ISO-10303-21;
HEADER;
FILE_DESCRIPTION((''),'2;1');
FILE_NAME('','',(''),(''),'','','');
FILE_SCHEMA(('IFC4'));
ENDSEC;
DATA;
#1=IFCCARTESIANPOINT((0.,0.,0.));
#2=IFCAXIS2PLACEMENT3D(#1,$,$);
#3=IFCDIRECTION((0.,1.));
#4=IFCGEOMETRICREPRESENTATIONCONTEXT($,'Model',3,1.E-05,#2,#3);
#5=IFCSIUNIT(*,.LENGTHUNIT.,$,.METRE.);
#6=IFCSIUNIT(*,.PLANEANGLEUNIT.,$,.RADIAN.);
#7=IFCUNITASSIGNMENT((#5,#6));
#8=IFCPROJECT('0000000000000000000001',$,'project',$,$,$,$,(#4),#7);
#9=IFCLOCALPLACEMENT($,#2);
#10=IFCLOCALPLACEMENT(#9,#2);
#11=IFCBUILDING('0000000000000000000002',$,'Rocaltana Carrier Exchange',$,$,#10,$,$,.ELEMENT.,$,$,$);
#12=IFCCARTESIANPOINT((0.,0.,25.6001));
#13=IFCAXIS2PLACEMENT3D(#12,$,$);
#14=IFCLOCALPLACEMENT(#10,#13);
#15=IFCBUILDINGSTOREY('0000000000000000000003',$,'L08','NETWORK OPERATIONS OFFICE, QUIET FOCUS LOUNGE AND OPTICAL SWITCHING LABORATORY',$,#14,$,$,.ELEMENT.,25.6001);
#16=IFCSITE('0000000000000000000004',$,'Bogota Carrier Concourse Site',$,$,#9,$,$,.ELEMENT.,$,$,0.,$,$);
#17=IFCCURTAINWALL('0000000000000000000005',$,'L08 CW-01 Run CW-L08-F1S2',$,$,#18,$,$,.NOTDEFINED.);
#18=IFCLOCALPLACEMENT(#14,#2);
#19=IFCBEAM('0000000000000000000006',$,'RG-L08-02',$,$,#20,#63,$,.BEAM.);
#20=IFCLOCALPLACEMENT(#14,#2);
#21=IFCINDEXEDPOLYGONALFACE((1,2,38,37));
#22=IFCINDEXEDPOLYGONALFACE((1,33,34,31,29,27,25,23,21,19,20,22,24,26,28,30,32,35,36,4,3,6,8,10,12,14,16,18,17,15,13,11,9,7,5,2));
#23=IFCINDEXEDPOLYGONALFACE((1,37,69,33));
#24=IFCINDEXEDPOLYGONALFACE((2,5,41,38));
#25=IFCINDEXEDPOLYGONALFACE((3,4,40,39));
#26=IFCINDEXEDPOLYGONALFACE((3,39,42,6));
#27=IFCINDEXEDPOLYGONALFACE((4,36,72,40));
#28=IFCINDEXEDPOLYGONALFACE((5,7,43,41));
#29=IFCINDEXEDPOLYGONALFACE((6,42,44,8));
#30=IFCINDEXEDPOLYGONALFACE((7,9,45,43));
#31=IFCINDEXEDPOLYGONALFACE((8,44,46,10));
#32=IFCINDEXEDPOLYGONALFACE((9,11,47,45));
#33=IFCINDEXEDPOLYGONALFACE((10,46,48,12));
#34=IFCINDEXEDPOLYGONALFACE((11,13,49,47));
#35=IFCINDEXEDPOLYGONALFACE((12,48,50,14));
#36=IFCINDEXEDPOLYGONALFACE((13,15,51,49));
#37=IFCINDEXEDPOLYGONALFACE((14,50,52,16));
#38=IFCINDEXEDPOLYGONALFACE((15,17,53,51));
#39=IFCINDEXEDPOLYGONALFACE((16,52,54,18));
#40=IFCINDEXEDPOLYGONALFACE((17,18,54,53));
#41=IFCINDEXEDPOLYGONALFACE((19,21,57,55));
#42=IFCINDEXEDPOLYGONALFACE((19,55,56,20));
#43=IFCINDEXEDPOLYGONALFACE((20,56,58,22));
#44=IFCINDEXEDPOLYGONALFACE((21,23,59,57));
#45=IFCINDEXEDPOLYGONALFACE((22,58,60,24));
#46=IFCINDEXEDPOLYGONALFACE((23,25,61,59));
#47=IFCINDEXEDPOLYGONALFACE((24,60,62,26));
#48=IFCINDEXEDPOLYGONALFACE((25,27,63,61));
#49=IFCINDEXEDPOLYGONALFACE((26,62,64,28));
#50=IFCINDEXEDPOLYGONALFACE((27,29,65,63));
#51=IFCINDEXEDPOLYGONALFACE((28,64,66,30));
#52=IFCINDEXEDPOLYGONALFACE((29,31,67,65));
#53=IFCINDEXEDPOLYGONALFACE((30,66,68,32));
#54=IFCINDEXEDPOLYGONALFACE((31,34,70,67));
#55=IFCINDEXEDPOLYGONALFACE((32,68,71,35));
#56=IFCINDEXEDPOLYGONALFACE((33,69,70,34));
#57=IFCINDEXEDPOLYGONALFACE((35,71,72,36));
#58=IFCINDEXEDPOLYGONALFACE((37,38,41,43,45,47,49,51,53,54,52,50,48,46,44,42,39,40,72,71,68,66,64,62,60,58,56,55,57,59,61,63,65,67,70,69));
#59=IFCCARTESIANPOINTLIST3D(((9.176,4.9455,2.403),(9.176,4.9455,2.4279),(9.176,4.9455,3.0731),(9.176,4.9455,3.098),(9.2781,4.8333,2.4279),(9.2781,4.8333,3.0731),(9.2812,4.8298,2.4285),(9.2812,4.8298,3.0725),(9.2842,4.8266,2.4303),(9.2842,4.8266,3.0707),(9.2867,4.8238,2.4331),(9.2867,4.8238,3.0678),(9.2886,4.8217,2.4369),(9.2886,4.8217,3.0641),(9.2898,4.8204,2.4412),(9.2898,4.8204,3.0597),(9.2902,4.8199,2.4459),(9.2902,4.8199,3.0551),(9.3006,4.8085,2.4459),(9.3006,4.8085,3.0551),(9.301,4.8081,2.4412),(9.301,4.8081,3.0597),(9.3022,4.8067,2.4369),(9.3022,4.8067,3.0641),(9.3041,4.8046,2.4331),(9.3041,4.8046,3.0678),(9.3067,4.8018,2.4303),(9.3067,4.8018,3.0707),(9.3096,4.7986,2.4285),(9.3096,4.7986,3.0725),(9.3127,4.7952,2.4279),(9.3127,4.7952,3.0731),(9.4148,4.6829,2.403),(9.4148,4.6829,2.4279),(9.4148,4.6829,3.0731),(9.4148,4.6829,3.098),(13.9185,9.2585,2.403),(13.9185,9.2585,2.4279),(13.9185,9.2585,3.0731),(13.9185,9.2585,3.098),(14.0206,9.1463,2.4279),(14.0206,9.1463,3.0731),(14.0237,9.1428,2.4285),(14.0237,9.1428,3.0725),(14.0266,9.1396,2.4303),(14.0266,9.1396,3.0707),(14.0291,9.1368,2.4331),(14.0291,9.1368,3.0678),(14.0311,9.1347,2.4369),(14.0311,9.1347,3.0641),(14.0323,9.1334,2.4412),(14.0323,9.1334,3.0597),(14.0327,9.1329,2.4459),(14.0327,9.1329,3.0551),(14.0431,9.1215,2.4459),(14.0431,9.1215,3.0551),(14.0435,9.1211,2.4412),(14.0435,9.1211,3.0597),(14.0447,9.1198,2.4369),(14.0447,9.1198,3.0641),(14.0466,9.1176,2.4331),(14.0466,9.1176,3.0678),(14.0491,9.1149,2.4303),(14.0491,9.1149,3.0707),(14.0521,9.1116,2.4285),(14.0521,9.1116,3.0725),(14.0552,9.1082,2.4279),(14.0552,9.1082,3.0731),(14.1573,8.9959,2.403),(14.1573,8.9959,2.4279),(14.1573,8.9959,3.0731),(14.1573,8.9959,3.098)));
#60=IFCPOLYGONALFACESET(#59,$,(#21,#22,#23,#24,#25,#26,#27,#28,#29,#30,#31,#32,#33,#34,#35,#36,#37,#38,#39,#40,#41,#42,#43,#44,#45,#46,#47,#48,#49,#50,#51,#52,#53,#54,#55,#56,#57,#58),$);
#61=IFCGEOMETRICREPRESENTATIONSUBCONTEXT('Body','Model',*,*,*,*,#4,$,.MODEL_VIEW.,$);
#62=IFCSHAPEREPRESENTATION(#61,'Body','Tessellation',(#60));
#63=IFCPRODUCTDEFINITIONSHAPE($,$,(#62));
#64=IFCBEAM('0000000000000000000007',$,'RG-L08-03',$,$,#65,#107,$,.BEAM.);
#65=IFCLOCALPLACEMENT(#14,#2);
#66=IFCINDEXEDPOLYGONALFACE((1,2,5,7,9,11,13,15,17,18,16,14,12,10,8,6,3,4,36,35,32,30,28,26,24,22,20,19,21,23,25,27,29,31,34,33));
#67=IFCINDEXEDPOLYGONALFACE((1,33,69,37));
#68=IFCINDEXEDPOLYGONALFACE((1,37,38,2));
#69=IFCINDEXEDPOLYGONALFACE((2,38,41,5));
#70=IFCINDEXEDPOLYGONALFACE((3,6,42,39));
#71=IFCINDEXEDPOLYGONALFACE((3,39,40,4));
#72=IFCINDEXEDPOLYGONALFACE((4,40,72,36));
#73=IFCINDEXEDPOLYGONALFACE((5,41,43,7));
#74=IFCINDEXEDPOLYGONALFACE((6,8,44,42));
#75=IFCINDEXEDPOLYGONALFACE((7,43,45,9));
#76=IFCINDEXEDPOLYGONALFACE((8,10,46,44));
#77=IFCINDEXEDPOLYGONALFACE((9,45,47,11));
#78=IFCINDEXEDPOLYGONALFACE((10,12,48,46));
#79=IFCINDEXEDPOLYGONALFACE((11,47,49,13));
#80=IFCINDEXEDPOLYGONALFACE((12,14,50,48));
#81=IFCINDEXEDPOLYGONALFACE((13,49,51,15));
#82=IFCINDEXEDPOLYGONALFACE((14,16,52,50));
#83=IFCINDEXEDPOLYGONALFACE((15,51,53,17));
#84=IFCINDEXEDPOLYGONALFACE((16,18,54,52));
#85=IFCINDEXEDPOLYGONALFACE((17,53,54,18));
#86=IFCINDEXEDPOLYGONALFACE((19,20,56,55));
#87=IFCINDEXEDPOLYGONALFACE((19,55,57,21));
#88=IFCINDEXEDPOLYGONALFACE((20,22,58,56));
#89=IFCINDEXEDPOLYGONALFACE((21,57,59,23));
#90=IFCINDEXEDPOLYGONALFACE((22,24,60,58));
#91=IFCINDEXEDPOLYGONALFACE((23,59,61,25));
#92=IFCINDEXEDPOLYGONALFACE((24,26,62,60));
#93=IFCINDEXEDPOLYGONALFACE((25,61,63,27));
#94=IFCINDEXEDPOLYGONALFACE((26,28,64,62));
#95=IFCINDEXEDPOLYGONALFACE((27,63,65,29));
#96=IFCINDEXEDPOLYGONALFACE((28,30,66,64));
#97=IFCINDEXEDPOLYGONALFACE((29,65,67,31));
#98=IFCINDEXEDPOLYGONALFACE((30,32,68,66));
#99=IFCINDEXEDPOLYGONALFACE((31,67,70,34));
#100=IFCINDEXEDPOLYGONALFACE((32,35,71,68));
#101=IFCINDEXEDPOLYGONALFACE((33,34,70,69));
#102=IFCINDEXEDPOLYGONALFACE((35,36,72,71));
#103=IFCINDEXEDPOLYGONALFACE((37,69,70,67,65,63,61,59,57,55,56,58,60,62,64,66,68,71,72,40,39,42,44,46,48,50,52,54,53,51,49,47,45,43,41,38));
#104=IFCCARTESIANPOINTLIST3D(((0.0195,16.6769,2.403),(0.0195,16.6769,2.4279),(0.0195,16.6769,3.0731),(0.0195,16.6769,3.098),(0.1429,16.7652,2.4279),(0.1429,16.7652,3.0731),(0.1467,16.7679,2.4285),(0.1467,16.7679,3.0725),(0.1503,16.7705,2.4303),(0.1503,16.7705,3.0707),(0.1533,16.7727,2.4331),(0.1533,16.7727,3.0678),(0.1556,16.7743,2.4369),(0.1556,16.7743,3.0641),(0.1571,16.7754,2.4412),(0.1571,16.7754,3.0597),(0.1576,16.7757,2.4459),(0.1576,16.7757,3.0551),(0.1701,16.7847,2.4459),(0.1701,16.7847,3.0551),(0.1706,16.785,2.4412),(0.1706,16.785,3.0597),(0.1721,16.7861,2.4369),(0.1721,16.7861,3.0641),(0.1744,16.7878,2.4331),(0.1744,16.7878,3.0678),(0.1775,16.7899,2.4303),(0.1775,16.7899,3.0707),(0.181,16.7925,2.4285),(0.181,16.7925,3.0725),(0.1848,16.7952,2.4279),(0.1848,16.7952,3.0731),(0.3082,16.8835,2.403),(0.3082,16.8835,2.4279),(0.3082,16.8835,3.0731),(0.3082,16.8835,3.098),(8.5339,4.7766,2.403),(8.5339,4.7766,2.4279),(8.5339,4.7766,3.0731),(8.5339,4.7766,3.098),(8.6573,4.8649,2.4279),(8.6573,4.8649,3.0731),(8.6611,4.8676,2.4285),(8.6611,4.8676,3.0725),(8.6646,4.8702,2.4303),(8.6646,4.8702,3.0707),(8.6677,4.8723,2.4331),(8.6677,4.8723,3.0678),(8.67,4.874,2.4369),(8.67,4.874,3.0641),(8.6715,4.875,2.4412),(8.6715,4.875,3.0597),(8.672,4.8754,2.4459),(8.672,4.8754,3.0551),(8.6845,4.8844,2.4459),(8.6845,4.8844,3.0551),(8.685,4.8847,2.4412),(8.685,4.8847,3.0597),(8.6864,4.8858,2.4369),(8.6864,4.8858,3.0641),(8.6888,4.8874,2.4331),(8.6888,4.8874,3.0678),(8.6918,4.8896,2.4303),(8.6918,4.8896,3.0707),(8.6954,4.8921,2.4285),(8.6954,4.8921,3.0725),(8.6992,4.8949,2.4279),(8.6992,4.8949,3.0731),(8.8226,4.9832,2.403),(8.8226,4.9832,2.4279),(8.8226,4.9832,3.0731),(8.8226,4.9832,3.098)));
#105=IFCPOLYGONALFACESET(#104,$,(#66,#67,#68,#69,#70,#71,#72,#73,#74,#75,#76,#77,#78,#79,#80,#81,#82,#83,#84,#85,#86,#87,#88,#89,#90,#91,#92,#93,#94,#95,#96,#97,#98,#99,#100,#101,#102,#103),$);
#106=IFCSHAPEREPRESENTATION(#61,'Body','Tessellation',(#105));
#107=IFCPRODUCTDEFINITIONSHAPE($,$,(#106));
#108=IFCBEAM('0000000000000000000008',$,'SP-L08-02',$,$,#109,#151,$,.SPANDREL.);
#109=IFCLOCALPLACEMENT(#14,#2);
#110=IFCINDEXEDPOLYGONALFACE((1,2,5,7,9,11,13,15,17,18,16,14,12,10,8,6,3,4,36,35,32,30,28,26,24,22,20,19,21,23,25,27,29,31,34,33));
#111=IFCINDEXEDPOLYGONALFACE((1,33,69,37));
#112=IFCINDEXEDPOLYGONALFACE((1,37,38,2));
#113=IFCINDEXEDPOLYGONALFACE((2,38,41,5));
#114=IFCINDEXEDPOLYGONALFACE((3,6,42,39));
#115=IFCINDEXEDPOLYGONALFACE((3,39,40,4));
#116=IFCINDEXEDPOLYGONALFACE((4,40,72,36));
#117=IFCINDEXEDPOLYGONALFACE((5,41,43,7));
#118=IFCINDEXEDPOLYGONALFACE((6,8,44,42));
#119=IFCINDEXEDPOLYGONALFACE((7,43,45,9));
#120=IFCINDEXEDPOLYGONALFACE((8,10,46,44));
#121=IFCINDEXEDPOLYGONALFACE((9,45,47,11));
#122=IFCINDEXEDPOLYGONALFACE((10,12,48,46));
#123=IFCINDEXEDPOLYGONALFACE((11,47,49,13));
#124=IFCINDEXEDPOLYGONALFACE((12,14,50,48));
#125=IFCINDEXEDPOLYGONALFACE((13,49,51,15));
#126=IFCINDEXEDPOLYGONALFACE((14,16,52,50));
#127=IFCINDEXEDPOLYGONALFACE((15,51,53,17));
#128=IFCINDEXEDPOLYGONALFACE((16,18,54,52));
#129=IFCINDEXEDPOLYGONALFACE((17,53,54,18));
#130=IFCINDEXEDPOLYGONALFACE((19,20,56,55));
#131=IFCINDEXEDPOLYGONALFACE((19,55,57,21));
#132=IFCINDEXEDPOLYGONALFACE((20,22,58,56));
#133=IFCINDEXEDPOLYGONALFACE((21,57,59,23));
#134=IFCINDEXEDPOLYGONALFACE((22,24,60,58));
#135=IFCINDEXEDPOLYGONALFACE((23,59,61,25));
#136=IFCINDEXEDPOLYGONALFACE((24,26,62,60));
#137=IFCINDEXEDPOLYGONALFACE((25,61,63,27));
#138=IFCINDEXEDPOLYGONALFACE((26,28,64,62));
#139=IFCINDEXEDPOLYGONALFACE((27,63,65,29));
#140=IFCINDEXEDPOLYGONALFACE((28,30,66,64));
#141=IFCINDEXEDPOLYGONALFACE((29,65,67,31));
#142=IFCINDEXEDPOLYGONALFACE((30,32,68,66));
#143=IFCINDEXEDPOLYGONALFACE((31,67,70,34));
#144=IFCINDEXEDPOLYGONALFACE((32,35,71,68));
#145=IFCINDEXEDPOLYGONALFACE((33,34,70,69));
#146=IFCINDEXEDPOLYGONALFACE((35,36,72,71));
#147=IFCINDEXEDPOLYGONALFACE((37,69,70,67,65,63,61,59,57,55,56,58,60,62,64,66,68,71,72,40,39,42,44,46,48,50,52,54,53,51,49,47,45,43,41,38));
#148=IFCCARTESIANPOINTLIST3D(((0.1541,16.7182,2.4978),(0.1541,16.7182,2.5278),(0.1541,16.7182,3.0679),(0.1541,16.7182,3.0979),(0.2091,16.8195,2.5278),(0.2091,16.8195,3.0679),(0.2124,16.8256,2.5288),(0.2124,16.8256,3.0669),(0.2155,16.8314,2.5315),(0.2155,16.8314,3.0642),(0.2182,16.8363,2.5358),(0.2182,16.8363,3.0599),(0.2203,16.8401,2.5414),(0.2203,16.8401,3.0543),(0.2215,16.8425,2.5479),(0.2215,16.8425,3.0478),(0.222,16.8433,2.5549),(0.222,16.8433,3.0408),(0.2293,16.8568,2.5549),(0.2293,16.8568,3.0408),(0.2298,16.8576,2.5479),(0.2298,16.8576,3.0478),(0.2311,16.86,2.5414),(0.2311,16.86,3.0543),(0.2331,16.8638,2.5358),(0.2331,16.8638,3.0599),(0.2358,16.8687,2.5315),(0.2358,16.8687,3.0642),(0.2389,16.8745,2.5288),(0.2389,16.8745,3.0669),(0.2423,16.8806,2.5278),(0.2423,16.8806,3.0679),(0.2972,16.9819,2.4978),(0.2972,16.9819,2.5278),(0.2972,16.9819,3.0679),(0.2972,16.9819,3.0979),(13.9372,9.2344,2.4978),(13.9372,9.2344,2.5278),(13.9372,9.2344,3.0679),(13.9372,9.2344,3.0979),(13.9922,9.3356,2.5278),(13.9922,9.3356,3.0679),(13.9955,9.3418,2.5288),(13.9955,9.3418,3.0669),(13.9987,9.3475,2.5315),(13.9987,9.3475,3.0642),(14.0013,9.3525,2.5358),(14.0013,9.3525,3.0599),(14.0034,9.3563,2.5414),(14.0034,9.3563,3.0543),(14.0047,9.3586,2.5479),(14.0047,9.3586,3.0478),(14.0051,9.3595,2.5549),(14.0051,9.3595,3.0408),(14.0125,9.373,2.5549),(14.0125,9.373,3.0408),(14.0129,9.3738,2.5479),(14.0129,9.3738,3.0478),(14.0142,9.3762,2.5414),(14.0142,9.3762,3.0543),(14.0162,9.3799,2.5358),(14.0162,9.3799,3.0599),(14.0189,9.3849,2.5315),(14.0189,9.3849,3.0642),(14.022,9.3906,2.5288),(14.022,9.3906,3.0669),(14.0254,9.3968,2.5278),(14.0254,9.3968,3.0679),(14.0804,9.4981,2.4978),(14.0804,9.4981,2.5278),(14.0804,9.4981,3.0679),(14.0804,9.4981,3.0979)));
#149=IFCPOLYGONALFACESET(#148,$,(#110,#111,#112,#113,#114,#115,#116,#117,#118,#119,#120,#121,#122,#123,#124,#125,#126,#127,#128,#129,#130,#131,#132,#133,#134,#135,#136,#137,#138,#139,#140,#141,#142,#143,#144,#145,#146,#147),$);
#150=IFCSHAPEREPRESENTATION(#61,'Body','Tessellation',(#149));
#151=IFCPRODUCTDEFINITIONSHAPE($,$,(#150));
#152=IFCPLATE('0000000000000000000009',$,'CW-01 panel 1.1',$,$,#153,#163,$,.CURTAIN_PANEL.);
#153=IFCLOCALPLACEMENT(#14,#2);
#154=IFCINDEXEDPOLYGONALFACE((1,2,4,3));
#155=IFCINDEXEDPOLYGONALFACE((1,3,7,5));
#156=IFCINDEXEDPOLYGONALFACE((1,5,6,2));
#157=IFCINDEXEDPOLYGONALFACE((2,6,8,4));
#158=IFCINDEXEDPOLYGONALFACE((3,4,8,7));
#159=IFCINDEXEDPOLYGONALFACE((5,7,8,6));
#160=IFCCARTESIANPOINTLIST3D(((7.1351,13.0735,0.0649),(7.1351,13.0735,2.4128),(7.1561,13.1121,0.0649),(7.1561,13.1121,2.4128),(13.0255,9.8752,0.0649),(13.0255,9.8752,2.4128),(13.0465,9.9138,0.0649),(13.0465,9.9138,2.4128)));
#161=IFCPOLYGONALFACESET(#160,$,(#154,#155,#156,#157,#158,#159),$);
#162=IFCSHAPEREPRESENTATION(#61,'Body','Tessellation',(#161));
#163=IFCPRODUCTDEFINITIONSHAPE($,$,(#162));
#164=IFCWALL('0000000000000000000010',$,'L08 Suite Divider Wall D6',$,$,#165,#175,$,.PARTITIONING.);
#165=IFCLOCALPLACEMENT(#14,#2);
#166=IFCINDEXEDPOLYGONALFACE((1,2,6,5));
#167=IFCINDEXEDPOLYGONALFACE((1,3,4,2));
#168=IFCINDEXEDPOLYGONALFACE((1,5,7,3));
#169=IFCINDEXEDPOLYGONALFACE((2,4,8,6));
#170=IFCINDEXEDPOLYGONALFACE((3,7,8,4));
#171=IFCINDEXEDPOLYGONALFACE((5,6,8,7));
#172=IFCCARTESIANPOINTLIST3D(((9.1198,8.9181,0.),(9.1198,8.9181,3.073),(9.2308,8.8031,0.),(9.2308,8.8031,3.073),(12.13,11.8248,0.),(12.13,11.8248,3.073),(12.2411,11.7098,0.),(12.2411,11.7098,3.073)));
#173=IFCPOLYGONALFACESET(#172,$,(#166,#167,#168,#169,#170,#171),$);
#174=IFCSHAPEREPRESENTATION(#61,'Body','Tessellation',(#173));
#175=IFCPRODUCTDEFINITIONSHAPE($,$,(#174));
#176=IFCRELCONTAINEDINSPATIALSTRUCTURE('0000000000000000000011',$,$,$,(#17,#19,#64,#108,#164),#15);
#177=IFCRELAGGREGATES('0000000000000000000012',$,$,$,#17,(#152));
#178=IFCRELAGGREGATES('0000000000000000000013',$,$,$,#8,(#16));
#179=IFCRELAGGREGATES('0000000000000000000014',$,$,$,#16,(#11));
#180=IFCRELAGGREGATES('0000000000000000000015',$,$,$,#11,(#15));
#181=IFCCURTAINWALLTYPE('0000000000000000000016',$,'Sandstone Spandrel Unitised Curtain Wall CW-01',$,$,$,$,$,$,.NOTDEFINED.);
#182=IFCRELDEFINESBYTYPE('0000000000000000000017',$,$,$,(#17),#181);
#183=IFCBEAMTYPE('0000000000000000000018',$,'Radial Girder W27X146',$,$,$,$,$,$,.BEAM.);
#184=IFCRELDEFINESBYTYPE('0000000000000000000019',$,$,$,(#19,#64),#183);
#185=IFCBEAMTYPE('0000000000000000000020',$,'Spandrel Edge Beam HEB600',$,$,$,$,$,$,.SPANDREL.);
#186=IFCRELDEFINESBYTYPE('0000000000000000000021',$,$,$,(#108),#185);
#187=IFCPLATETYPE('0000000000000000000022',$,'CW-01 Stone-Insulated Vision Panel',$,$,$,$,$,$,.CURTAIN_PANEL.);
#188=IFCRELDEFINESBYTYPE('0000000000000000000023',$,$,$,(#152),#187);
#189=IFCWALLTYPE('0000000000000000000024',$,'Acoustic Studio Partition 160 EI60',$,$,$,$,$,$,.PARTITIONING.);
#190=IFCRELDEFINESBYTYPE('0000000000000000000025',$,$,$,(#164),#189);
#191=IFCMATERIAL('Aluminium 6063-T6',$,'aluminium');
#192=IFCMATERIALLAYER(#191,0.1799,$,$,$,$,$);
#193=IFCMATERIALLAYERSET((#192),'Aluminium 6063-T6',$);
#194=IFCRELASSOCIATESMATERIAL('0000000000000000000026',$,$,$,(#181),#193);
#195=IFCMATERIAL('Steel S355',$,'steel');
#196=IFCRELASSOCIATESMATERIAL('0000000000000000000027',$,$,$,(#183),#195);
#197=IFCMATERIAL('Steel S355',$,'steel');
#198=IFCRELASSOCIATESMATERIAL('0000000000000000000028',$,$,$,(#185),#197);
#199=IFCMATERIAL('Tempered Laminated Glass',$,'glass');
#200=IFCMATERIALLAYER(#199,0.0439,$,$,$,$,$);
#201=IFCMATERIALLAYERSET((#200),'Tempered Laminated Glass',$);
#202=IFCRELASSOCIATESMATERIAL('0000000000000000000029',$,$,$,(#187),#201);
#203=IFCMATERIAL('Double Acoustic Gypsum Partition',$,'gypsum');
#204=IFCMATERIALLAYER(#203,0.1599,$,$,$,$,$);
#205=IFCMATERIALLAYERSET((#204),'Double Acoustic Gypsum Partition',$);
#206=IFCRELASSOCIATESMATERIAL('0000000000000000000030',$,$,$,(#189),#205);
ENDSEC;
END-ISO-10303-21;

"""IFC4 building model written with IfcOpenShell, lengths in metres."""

from ifc_helpers import new_model, si_unit, direction, frame, frame_2d, origin, origin_2d, place, context, subcontext, project, spatial, rectangle, i_section, extrude, material, layer, layer_set, material_profile, profile_set, type_object, element, aggregate, save


model = new_model("IFC4")

# Units and contexts
model_context = context("Model", 3, precision=1e-05, world=origin(), true_north=direction((0.0, 1.0)))
body_context = subcontext(model_context, "Body", "Model", "MODEL_VIEW")
ifc_project = project(units=[si_unit("LENGTHUNIT", "METRE"), si_unit("PLANEANGLEUNIT", "RADIAN")], contexts=[model_context])

# Site, building, storey
site_placement = place(None, origin())
site = spatial("IfcSite", under=ifc_project, at=site_placement, Name="Bogota Carrier Concourse Site", CompositionType="ELEMENT", RefElevation=0.0)
building_placement = place(site_placement, origin())
building = spatial("IfcBuilding", under=site, at=building_placement, Name="Rocaltana Carrier Exchange", CompositionType="ELEMENT")
storey_placement = place(building_placement, frame((0.0, 0.0, 25.6001)))
storey = spatial("IfcBuildingStorey", under=building, at=storey_placement, Name="L08", Description="NETWORK OPERATIONS OFFICE, QUIET FOCUS LOUNGE AND OPTICAL SWITCHING LABORATORY", CompositionType="ELEMENT", Elevation=25.6001)

# Curtain wall
ifc_material_1 = material(Name="Aluminium 6063-T6", Category="aluminium")
ifc_layer_1 = layer(ifc_material_1, 0.1799)
ifc_layer_set_1 = layer_set([ifc_layer_1], Name="Aluminium 6063-T6")
curtain_wall_type = type_object("IfcCurtainWallType", Name="Sandstone Spandrel Unitised Curtain Wall CW-01", PredefinedType="NOTDEFINED", material=ifc_layer_set_1)
curtain_wall_placement = place(storey_placement, origin())
curtain_wall = element("IfcCurtainWall", 1, at=curtain_wall_placement, inside=storey, type_object=curtain_wall_type, Name="L08 CW-01 Run CW-L08-F1S2", PredefinedType="NOTDEFINED")

# Beams
ifc_material_2 = material(Name="Steel S355", Category="steel")
ifc_material_profile_1 = material_profile(ifc_material_2, i_section(OverallWidth=0.355, OverallDepth=0.6951, WebThickness=0.0154, FlangeThickness=0.0249, FilletRadius=0.0181, at=origin_2d()), Name="W27X146")
ifc_profile_set_1 = profile_set([ifc_material_profile_1], Name="Steel S355")
beam_type_1 = type_object("IfcBeamType", Name="Radial Girder W27X146", PredefinedType="BEAM", material=ifc_profile_set_1)
beam_1_placement = place(storey_placement, frame((9.2954, 4.8142, 2.7505), z_axis=(0.739809, 0.672817, 0.0), x_axis=(-0.672817, 0.739809, 0.0)))
element("IfcBeam", 2, at=beam_1_placement, inside=storey, type_object=beam_type_1, Name="RG-L08-02", PredefinedType="BEAM", context=body_context, shape_type="SweptSolid", body=[
    extrude(i_section(OverallWidth=0.355, OverallDepth=0.6951, WebThickness=0.0154, FlangeThickness=0.0249, FilletRadius=0.0181, at=origin_2d()), origin(), (0.0, 0.0, 1.0), 6.4104),
])
beam_2_placement = place(storey_placement, frame((8.6782, 4.8799, 2.7505), z_axis=(-0.581877, 0.813277, 0.0), x_axis=(-0.813277, -0.581877, 0.0)))
element("IfcBeam", 3, at=beam_2_placement, inside=storey, type_object=beam_type_1, Name="RG-L08-03", PredefinedType="BEAM", context=body_context, shape_type="SweptSolid", body=[
    extrude(i_section(OverallWidth=0.355, OverallDepth=0.6951, WebThickness=0.0154, FlangeThickness=0.0249, FilletRadius=0.0181, at=origin_2d()), origin(), (0.0, 0.0, 1.0), 14.6326),
])
ifc_material_3 = material(Name="Steel S355", Category="steel")
ifc_material_profile_2 = material_profile(ifc_material_3, i_section(OverallWidth=0.3, OverallDepth=0.6001, WebThickness=0.0154, FlangeThickness=0.03, FilletRadius=0.0271, at=origin_2d()), Name="HEB600")
ifc_profile_set_2 = profile_set([ifc_material_profile_2], Name="Steel S355")
beam_type_2 = type_object("IfcBeamType", Name="Spandrel Edge Beam HEB600", PredefinedType="SPANDREL", material=ifc_profile_set_2)
beam_3_placement = place(storey_placement, frame((14.0088, 9.3662, 2.7979), z_axis=(-0.878811, 0.477169, 0.0), x_axis=(-0.477169, -0.878811, 0.0)))
element("IfcBeam", 4, at=beam_3_placement, inside=storey, type_object=beam_type_2, Name="SP-L08-02", PredefinedType="SPANDREL", context=body_context, shape_type="SweptSolid", body=[
    extrude(i_section(OverallWidth=0.3, OverallDepth=0.6001, WebThickness=0.0154, FlangeThickness=0.03, FilletRadius=0.0271, at=origin_2d()), origin(), (0.0, 0.0, 1.0), 15.6838),
])

# Plate
ifc_material_4 = material(Name="Tempered Laminated Glass", Category="glass")
ifc_layer_2 = layer(ifc_material_4, 0.0439)
ifc_layer_set_2 = layer_set([ifc_layer_2], Name="Tempered Laminated Glass")
plate_type = type_object("IfcPlateType", Name="CW-01 Stone-Insulated Vision Panel", PredefinedType="CURTAIN_PANEL", material=ifc_layer_set_2)
plate_placement = place(storey_placement, frame((10.0908, 11.4937, 0.0649), z_axis=(0.0, 0.0, 1.0), x_axis=(-0.878814, 0.477164, 0.0)))
plate = element("IfcPlate", 5, at=plate_placement, type_object=plate_type, Name="CW-01 panel 1.1", PredefinedType="CURTAIN_PANEL", context=body_context, shape_type="SweptSolid", body=[
    extrude(rectangle(XDim=6.7026, YDim=0.0439, at=origin_2d()), origin(), (0.0, 0.0, 1.0), 2.3479),
])
aggregate(curtain_wall, [plate])

# Wall
ifc_material_5 = material(Name="Double Acoustic Gypsum Partition", Category="gypsum")
ifc_layer_3 = layer(ifc_material_5, 0.1599)
ifc_layer_set_3 = layer_set([ifc_layer_3], Name="Double Acoustic Gypsum Partition")
wall_type_1 = type_object("IfcWallType", Name="Acoustic Studio Partition 160 EI60", PredefinedType="PARTITIONING", material=ifc_layer_set_3)
wall_1_placement = place(storey_placement, frame((9.1753, 8.8606, 0.0), z_axis=(0.0, 0.0, 1.0), x_axis=(0.719367, 0.69463, 0.0)))
element("IfcWall", 6, at=wall_1_placement, inside=storey, type_object=wall_type_1, Name="L08 Suite Divider Wall D6", PredefinedType="PARTITIONING", context=body_context, shape_type="SweptSolid", body=[
    extrude(rectangle(XDim=4.1846, YDim=0.1599, at=frame_2d((2.0923, 0.0))), origin(), (0.0, 0.0, 1.0), 3.073),
])

save(model, "model.ifc")
